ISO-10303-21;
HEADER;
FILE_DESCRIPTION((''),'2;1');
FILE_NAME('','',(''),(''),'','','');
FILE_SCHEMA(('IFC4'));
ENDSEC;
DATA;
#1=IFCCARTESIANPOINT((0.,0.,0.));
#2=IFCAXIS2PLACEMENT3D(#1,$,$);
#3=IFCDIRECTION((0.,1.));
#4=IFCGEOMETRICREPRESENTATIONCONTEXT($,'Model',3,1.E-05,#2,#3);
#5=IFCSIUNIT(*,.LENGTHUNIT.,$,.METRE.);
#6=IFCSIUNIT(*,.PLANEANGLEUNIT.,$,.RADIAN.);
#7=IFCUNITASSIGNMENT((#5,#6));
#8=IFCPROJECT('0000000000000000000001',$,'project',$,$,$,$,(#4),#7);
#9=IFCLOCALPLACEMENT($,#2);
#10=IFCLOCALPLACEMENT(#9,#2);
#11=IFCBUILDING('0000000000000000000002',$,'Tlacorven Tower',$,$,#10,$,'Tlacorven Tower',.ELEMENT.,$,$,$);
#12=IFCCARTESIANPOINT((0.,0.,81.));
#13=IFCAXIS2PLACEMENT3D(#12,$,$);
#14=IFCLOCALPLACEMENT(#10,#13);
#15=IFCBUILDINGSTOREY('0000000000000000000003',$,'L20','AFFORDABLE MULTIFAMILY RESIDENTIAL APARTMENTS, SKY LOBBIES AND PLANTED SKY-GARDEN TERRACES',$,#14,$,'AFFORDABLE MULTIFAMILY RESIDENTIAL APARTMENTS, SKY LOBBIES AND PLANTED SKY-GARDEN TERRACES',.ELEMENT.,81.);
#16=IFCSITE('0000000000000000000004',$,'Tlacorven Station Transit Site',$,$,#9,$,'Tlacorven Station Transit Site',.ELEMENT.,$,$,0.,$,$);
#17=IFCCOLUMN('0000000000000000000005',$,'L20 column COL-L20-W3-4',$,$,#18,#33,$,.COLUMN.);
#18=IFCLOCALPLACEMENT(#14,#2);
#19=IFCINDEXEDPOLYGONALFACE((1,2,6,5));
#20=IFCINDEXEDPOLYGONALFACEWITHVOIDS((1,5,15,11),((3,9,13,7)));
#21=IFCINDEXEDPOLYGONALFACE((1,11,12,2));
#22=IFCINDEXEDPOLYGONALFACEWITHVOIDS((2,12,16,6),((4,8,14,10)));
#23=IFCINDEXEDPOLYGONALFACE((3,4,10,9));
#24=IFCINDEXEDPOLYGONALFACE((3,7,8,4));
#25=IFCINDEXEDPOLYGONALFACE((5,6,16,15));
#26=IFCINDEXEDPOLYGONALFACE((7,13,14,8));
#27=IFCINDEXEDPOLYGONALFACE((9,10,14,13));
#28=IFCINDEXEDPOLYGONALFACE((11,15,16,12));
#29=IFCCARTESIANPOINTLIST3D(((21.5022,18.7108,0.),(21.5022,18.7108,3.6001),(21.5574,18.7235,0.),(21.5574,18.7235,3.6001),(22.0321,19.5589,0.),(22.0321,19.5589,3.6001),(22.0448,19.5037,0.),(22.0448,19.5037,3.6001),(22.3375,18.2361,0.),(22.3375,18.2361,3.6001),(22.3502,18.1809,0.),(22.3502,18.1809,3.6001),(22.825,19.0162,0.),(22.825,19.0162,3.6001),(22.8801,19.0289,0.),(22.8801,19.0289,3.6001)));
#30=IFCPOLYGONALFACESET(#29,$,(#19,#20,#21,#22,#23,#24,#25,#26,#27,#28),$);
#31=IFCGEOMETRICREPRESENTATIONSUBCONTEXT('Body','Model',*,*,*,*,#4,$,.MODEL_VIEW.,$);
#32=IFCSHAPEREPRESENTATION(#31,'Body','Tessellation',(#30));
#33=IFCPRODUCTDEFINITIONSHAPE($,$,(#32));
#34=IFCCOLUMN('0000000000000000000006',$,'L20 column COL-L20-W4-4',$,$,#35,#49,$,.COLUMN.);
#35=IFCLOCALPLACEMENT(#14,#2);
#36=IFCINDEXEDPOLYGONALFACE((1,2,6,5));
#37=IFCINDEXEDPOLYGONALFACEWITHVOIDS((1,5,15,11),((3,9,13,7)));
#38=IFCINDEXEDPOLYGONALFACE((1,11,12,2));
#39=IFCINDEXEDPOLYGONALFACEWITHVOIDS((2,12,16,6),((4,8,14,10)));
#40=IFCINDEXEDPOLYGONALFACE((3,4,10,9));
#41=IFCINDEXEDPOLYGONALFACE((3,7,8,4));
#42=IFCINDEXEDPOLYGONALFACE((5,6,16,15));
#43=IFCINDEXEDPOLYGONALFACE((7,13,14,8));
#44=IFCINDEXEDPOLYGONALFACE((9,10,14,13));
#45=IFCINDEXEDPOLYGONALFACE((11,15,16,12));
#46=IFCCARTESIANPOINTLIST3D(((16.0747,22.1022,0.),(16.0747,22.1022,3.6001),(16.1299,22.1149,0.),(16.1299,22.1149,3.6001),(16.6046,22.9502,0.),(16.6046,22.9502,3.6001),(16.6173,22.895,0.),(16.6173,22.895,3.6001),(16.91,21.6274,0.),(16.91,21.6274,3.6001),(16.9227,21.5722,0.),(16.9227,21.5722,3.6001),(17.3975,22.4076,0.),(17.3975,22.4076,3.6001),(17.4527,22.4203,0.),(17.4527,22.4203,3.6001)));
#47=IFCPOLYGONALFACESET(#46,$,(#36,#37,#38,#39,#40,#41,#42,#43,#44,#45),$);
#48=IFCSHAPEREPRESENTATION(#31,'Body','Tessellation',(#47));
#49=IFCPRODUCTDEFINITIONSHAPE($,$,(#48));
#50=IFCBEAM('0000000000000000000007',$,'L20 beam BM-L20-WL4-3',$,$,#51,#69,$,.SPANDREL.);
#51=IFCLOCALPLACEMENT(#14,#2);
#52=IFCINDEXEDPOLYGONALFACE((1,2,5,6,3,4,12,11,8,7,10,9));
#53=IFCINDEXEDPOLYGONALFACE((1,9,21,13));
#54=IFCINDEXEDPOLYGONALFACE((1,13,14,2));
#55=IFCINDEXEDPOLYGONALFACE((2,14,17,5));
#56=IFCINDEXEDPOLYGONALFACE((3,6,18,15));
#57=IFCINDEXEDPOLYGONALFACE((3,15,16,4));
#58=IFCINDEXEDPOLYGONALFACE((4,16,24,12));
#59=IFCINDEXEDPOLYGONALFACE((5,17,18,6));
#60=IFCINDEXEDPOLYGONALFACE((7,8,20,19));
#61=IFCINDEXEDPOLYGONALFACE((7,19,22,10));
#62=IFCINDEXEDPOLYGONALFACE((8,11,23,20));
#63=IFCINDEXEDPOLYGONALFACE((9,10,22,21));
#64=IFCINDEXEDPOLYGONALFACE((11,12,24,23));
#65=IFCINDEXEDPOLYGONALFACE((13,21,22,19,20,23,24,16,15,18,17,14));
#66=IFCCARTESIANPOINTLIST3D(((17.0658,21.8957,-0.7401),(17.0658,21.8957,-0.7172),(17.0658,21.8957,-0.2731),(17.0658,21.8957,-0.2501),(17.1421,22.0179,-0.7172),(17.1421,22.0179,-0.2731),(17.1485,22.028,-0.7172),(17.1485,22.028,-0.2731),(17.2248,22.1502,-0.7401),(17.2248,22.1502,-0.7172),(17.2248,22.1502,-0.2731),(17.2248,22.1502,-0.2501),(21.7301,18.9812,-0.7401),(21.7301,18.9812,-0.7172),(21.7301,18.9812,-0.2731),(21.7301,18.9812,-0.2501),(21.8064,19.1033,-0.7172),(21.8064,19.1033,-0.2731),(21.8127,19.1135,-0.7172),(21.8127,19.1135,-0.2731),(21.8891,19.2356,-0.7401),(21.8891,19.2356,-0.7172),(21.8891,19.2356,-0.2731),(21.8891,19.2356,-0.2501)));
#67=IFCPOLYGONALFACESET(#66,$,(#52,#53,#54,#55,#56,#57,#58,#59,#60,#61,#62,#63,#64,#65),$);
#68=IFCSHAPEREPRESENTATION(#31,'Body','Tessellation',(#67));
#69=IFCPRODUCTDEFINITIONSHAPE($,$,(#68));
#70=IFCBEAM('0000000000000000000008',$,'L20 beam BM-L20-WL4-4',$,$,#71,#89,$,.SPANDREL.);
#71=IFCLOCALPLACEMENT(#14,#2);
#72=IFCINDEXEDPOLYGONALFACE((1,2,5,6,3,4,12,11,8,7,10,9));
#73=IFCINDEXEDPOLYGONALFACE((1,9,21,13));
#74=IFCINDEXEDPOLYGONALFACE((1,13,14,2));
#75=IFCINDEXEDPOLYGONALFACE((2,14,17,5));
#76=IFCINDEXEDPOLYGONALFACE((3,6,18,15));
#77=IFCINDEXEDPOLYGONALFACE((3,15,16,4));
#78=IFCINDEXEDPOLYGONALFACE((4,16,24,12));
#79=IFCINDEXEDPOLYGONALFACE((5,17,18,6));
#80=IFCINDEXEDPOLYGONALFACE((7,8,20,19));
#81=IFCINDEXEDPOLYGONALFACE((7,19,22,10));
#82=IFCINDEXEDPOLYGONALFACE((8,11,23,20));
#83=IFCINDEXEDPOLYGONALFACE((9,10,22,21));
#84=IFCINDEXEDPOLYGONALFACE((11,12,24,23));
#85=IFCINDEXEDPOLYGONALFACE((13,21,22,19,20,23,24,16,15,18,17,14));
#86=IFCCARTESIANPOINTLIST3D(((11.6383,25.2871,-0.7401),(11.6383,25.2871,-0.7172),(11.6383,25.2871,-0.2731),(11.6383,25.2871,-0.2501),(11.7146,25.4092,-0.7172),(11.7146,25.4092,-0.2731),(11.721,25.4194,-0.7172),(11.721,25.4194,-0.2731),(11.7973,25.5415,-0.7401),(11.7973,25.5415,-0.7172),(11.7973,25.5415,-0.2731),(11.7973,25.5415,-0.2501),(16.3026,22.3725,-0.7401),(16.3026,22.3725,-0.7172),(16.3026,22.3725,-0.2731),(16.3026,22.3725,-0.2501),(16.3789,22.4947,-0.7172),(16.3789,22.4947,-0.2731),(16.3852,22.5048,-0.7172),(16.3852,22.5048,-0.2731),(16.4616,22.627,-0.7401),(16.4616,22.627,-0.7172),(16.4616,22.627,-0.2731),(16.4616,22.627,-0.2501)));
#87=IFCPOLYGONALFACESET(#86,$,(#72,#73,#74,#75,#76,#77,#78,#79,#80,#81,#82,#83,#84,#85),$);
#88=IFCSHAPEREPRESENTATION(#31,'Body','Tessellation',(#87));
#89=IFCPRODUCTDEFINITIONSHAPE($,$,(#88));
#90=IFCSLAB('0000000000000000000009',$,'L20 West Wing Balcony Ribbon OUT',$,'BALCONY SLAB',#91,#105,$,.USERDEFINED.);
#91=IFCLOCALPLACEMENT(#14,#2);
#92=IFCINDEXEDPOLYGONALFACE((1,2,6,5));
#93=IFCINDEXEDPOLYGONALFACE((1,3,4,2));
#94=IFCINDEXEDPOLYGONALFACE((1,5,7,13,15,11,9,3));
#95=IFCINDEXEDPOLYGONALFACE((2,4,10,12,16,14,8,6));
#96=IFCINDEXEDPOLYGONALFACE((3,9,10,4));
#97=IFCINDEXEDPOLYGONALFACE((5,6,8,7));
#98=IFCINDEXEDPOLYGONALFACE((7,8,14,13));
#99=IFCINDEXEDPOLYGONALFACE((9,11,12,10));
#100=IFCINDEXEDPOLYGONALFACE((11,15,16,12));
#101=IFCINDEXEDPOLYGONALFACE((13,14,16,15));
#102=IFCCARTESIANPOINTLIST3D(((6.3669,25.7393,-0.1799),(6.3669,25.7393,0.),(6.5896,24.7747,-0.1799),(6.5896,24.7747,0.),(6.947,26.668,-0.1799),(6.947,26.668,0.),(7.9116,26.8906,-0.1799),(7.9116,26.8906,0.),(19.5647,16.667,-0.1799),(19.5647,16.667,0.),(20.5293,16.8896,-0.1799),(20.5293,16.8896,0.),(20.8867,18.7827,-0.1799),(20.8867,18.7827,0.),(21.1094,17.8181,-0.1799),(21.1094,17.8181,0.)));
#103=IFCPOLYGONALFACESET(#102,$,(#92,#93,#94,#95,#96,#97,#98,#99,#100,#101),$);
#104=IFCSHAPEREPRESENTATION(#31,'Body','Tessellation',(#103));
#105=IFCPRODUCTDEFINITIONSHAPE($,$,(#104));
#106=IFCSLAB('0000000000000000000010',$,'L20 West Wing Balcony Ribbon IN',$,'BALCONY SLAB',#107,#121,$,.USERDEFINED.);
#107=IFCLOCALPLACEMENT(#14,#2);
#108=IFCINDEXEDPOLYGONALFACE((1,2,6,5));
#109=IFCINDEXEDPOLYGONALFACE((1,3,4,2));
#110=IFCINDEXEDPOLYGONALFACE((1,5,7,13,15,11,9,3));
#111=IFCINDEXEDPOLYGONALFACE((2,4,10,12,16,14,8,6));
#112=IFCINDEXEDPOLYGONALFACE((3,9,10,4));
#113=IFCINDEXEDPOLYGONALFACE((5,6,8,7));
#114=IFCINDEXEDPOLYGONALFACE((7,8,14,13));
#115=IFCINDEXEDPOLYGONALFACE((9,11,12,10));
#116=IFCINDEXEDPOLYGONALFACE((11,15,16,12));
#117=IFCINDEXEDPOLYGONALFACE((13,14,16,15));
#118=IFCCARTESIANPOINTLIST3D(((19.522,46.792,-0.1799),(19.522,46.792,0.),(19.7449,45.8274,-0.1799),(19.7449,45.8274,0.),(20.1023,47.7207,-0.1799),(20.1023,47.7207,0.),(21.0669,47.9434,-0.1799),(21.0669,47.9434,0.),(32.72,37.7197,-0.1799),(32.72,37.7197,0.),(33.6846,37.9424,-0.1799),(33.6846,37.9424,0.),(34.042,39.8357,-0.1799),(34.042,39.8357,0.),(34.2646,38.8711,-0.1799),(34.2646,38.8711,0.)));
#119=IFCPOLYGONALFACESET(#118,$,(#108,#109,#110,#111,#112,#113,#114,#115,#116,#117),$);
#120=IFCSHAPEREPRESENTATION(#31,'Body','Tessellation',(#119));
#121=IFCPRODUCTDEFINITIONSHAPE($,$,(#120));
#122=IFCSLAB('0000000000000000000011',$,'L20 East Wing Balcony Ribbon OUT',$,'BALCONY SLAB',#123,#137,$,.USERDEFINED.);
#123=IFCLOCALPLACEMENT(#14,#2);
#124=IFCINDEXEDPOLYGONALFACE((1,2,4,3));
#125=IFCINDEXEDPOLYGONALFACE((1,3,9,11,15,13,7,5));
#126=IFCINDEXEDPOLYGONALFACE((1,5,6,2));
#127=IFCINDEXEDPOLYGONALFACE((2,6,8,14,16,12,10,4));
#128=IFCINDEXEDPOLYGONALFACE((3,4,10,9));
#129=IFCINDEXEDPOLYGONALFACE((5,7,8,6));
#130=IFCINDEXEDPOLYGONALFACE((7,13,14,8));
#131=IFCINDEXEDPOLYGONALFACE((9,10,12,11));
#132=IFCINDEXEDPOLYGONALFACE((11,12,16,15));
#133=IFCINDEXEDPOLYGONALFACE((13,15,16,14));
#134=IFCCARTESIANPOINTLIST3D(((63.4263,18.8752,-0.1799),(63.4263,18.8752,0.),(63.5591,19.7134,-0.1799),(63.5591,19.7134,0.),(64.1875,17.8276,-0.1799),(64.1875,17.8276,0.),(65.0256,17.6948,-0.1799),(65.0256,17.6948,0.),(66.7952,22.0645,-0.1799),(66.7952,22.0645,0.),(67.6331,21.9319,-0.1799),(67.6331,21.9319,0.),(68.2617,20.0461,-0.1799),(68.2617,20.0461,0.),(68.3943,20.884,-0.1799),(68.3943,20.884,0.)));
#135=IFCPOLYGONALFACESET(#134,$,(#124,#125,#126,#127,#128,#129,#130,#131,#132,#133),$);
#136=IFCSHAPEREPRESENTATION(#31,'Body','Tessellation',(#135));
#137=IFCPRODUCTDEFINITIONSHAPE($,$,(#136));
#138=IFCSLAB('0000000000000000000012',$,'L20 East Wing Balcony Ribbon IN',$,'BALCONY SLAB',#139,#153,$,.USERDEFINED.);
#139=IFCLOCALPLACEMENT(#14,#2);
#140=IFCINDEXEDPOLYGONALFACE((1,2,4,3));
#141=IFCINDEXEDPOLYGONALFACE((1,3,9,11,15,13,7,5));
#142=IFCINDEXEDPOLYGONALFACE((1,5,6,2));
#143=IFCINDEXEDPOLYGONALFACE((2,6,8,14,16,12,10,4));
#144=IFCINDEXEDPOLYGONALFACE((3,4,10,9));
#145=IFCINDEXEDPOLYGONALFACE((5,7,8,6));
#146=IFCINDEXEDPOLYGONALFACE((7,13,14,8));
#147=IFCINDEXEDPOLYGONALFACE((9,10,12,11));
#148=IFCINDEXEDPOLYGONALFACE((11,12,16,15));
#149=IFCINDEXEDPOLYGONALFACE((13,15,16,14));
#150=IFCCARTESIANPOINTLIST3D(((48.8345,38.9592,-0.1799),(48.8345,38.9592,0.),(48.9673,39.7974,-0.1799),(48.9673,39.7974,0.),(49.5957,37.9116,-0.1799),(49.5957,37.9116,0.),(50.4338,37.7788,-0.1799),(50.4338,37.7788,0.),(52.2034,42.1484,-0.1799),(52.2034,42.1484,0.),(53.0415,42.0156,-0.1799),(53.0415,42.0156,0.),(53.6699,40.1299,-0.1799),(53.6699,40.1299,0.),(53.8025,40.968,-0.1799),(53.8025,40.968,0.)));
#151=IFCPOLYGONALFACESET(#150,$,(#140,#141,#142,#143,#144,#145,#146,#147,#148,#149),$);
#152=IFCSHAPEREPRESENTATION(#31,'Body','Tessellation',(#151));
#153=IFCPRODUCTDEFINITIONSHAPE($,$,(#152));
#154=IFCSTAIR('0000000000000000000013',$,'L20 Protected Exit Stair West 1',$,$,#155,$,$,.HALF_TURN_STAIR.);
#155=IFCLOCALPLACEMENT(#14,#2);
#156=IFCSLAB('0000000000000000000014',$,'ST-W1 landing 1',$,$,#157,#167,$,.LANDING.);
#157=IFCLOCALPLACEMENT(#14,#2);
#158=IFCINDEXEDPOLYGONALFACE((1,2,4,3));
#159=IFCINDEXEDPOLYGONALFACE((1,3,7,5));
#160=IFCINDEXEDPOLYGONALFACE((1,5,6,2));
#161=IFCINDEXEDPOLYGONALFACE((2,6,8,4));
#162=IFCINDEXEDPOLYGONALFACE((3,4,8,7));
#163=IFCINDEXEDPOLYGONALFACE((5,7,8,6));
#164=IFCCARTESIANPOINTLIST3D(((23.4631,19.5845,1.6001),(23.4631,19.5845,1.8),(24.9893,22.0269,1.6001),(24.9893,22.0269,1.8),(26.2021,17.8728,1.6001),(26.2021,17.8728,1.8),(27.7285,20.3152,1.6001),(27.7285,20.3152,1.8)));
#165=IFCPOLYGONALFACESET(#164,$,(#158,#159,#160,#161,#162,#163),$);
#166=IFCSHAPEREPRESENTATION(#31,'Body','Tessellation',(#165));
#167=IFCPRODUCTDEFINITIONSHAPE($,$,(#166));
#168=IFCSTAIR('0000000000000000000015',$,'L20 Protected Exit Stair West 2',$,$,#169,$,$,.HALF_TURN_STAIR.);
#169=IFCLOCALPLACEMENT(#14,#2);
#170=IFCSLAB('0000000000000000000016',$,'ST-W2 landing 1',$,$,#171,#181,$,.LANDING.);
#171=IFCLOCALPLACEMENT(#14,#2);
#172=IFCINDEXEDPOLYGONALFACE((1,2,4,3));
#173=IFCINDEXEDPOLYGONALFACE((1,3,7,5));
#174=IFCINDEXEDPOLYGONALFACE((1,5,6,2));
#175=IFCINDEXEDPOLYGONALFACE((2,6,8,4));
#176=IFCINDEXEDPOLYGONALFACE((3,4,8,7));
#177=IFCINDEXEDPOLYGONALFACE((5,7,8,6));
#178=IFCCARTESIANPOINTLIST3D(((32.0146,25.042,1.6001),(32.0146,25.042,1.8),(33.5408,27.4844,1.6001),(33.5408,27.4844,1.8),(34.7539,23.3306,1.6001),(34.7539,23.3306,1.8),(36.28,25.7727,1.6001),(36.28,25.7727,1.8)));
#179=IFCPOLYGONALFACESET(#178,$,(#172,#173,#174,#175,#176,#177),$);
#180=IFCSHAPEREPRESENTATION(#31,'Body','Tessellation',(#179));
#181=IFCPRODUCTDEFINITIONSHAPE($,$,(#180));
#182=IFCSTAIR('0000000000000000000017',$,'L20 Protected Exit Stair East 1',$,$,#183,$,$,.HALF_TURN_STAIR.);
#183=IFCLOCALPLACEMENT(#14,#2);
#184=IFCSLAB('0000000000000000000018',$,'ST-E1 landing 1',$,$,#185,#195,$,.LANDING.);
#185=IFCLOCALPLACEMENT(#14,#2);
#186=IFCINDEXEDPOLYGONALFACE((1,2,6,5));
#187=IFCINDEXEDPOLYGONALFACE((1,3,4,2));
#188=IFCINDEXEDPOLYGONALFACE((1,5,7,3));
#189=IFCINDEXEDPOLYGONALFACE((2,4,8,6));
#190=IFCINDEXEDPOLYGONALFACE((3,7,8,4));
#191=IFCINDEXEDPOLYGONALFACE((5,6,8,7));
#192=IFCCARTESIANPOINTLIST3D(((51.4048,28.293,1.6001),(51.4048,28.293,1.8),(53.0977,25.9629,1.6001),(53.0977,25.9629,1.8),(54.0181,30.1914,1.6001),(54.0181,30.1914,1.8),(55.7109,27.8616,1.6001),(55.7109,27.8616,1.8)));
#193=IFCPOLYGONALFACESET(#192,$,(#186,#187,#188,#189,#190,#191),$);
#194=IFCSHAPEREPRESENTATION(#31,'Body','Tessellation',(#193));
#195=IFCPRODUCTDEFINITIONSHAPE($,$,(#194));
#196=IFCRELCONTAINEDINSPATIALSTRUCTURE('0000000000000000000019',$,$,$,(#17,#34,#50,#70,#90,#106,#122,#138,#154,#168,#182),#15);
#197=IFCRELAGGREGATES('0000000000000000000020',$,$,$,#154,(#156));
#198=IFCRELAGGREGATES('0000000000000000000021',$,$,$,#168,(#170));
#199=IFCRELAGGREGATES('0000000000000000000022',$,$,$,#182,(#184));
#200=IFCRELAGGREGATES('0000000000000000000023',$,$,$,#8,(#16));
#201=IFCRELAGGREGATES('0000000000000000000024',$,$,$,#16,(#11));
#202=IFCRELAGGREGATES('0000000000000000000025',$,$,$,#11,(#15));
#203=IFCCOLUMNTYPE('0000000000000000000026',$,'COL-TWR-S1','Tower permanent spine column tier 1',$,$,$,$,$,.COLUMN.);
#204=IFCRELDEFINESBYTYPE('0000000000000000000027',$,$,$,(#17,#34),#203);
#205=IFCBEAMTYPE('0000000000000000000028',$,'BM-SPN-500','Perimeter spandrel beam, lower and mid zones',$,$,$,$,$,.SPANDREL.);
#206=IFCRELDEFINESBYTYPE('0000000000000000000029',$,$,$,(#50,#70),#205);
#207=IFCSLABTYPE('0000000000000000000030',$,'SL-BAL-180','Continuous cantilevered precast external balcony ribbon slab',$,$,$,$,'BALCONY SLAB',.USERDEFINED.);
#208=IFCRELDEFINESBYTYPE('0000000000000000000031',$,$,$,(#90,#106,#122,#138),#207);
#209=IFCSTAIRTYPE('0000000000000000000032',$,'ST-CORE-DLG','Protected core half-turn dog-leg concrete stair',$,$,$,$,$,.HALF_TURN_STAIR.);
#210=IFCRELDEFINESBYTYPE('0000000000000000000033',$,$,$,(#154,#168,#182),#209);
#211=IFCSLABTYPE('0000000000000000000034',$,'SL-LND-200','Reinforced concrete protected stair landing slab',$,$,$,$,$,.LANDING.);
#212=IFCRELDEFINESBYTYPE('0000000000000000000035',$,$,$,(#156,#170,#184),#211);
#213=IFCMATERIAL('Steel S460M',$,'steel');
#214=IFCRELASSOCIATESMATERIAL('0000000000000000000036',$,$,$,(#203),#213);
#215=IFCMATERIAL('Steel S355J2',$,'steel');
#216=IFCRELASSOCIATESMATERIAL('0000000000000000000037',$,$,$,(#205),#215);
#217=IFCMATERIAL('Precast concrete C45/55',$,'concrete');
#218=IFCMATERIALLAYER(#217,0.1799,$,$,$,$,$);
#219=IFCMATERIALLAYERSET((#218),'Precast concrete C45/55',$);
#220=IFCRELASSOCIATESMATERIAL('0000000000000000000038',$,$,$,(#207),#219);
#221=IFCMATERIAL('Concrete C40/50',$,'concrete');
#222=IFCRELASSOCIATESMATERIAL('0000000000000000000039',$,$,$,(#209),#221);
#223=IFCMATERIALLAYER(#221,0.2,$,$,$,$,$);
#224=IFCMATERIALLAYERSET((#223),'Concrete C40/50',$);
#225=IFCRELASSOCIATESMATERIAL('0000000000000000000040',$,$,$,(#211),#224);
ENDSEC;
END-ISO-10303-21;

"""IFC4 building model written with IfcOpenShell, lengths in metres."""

from ifc_helpers import new_model, si_unit, direction, frame, origin, origin_2d, place, context, subcontext, project, spatial, polyline, hollow_rectangle, i_section, outline, extrude, source, transform, mapped, material, layer, layer_set, material_profile, profile_set, type_object, element, aggregate, save


model = new_model("IFC4")

# Units and contexts
model_context = context("Model", 3, precision=1e-05, world=origin(), true_north=direction((0.0, 1.0)))
body_context = subcontext(model_context, "Body", "Model", "MODEL_VIEW")
ifc_project = project(units=[si_unit("LENGTHUNIT", "METRE"), si_unit("PLANEANGLEUNIT", "RADIAN")], contexts=[model_context])

# Site, building, storey
site_placement = place(None, origin())
site = spatial("IfcSite", under=ifc_project, at=site_placement, Name="Tlacorven Station Transit Site", LongName="Tlacorven Station Transit Site", CompositionType="ELEMENT", RefElevation=0.0)
building_placement = place(site_placement, origin())
building = spatial("IfcBuilding", under=site, at=building_placement, Name="Tlacorven Tower", LongName="Tlacorven Tower", CompositionType="ELEMENT")
storey_placement = place(building_placement, frame((0.0, 0.0, 81.0)))
storey = spatial("IfcBuildingStorey", under=building, at=storey_placement, Name="L20", Description="AFFORDABLE MULTIFAMILY RESIDENTIAL APARTMENTS, SKY LOBBIES AND PLANTED SKY-GARDEN TERRACES", LongName="AFFORDABLE MULTIFAMILY RESIDENTIAL APARTMENTS, SKY LOBBIES AND PLANTED SKY-GARDEN TERRACES", CompositionType="ELEMENT", Elevation=81.0)

# Columns
ifc_material_1 = material(Name="Steel S460M", Category="steel")
ifc_material_profile_1 = material_profile(ifc_material_1, hollow_rectangle(XDim=1.0, YDim=1.0, WallThickness=0.04, at=origin_2d()), Name="BOX 1000X1000X40")
ifc_profile_set_1 = profile_set([ifc_material_profile_1], Name="Steel S460M")
column_type = type_object("IfcColumnType", Name="COL-TWR-S1", Description="Tower permanent spine column tier 1", PredefinedType="COLUMN", material=ifc_profile_set_1)
shared_shape_1 = source(origin(), body_context, "Body", "SweptSolid", [
    extrude(hollow_rectangle(XDim=1.0, YDim=1.0, WallThickness=0.04, at=origin_2d()), origin(), (0.0, 0.0, 1.0), 3.6001),
])
for number, where, z_axis, x_axis, name in (
    (1, (22.1912, 18.8699, 0.0), (0.0, 0.0, 1.0), (-0.848048, 0.529919, 0.0), "L20 column COL-L20-W3-4"),
    (2, (16.7637, 22.2612, 0.0), (0.0, 0.0, 1.0), (-0.848048, 0.529919, 0.0), "L20 column COL-L20-W4-4"),
):
    element("IfcColumn", number, at=place(storey_placement, frame(where, z_axis=z_axis, x_axis=x_axis)), inside=storey, type_object=column_type, Name=name, PredefinedType="COLUMN", context=body_context, shape_type="MappedRepresentation", body=[
        mapped(shared_shape_1, transform((0.0, 0.0, 0.0), scale=1.0)),
    ])

# Beams
ifc_material_2 = material(Name="Steel S355J2", Category="steel")
ifc_material_profile_2 = material_profile(ifc_material_2, i_section(OverallWidth=0.3, OverallDepth=0.49, WebThickness=0.012, FlangeThickness=0.0229, at=origin_2d()), Name="HEA 500")
ifc_profile_set_2 = profile_set([ifc_material_profile_2], Name="Steel S355J2")
beam_type = type_object("IfcBeamType", Name="BM-SPN-500", Description="Perimeter spandrel beam, lower and mid zones", PredefinedType="SPANDREL", material=ifc_profile_set_2)
shared_shape_2 = source(origin(), body_context, "Body", "SweptSolid", [
    extrude(i_section(OverallWidth=0.3, OverallDepth=0.49, WebThickness=0.012, FlangeThickness=0.0229, at=origin_2d()), origin(), (0.0, 0.0, 1.0), 5.5),
])
for number, where, z_axis, x_axis, name in (
    (3, (21.8096, 19.1084, -0.4951), (-0.848051, 0.529915, 0.0), (-0.529915, -0.848051, 0.0), "L20 beam BM-L20-WL4-3"),
    (4, (16.3821, 22.4998, -0.4951), (-0.848051, 0.529915, 0.0), (-0.529915, -0.848051, 0.0), "L20 beam BM-L20-WL4-4"),
):
    element("IfcBeam", number, at=place(storey_placement, frame(where, z_axis=z_axis, x_axis=x_axis)), inside=storey, type_object=beam_type, Name=name, PredefinedType="SPANDREL", context=body_context, shape_type="MappedRepresentation", body=[
        mapped(shared_shape_2, transform((0.0, 0.0, 0.0), scale=1.0)),
    ])

# Slabs
ifc_material_3 = material(Name="Precast concrete C45/55", Category="concrete")
ifc_layer_1 = layer(ifc_material_3, 0.1799)
ifc_layer_set_1 = layer_set([ifc_layer_1], Name="Precast concrete C45/55")
slab_type_1 = type_object("IfcSlabType", Name="SL-BAL-180", Description="Continuous cantilevered precast external balcony ribbon slab", ElementType="BALCONY SLAB", PredefinedType="USERDEFINED", material=ifc_layer_set_1)
slab_1_placement = place(storey_placement, frame((0.0, 0.0, -0.1799)))
element("IfcSlab", 5, at=slab_1_placement, inside=storey, type_object=slab_type_1, Name="L20 West Wing Balcony Ribbon OUT", ObjectType="BALCONY SLAB", PredefinedType="USERDEFINED", context=body_context, shape_type="SweptSolid", body=[
    extrude(outline(polyline([(20.8867, 18.7827), (7.9116, 26.8906), (6.947, 26.668), (6.3669, 25.7393), (6.5896, 24.7747), (19.5647, 16.667), (20.5293, 16.8896), (21.1094, 17.8181), (20.8867, 18.7827)])), origin(), (0.0, 0.0, 1.0), 0.1799),
])
slab_2_placement = place(storey_placement, frame((0.0, 0.0, -0.1799)))
element("IfcSlab", 6, at=slab_2_placement, inside=storey, type_object=slab_type_1, Name="L20 West Wing Balcony Ribbon IN", ObjectType="BALCONY SLAB", PredefinedType="USERDEFINED", context=body_context, shape_type="SweptSolid", body=[
    extrude(outline(polyline([(34.042, 39.8357), (21.0669, 47.9434), (20.1023, 47.7207), (19.522, 46.792), (19.7449, 45.8274), (32.72, 37.7197), (33.6846, 37.9424), (34.2646, 38.8711), (34.042, 39.8357)])), origin(), (0.0, 0.0, 1.0), 0.1799),
])
slab_3_placement = place(storey_placement, frame((0.0, 0.0, -0.1799)))
element("IfcSlab", 7, at=slab_3_placement, inside=storey, type_object=slab_type_1, Name="L20 East Wing Balcony Ribbon OUT", ObjectType="BALCONY SLAB", PredefinedType="USERDEFINED", context=body_context, shape_type="SweptSolid", body=[
    extrude(outline(polyline([(65.0256, 17.6948), (68.2617, 20.0461), (68.3943, 20.884), (67.6331, 21.9319), (66.7952, 22.0645), (63.5591, 19.7134), (63.4263, 18.8752), (64.1875, 17.8276), (65.0256, 17.6948)])), origin(), (0.0, 0.0, 1.0), 0.1799),
])
slab_4_placement = place(storey_placement, frame((0.0, 0.0, -0.1799)))
element("IfcSlab", 8, at=slab_4_placement, inside=storey, type_object=slab_type_1, Name="L20 East Wing Balcony Ribbon IN", ObjectType="BALCONY SLAB", PredefinedType="USERDEFINED", context=body_context, shape_type="SweptSolid", body=[
    extrude(outline(polyline([(50.4338, 37.7788), (53.6699, 40.1299), (53.8025, 40.968), (53.0415, 42.0156), (52.2034, 42.1484), (48.9673, 39.7974), (48.8345, 38.9592), (49.5957, 37.9116), (50.4338, 37.7788)])), origin(), (0.0, 0.0, 1.0), 0.1799),
])

# Stairs, slabs
ifc_material_4 = material(Name="Concrete C40/50", Category="concrete")
stair_type = type_object("IfcStairType", Name="ST-CORE-DLG", Description="Protected core half-turn dog-leg concrete stair", PredefinedType="HALF_TURN_STAIR", material=ifc_material_4)
stair_1_placement = place(storey_placement, origin())
stair_1 = element("IfcStair", 9, at=stair_1_placement, inside=storey, type_object=stair_type, Name="L20 Protected Exit Stair West 1", PredefinedType="HALF_TURN_STAIR")
ifc_layer_2 = layer(ifc_material_4, 0.2)
ifc_layer_set_2 = layer_set([ifc_layer_2], Name="Concrete C40/50")
slab_type_2 = type_object("IfcSlabType", Name="SL-LND-200", Description="Reinforced concrete protected stair landing slab", PredefinedType="LANDING", material=ifc_layer_set_2)
slab_5_placement = place(storey_placement, frame((0.0, 0.0, 1.6001)))
slab_5 = element("IfcSlab", 10, at=slab_5_placement, type_object=slab_type_2, Name="ST-W1 landing 1", PredefinedType="LANDING", context=body_context, shape_type="SweptSolid", body=[
    extrude(outline(polyline([(27.7285, 20.3152), (24.9893, 22.0269), (23.4631, 19.5845), (26.2021, 17.8728), (27.7285, 20.3152)])), origin(), (0.0, 0.0, 1.0), 0.2),
])
aggregate(stair_1, [slab_5])
stair_2_placement = place(storey_placement, origin())
stair_2 = element("IfcStair", 11, at=stair_2_placement, inside=storey, type_object=stair_type, Name="L20 Protected Exit Stair West 2", PredefinedType="HALF_TURN_STAIR")
slab_6_placement = place(storey_placement, frame((0.0, 0.0, 1.6001)))
slab_6 = element("IfcSlab", 12, at=slab_6_placement, type_object=slab_type_2, Name="ST-W2 landing 1", PredefinedType="LANDING", context=body_context, shape_type="SweptSolid", body=[
    extrude(outline(polyline([(36.28, 25.7727), (33.5408, 27.4844), (32.0146, 25.042), (34.7539, 23.3306), (36.28, 25.7727)])), origin(), (0.0, 0.0, 1.0), 0.2),
])
aggregate(stair_2, [slab_6])
stair_3_placement = place(storey_placement, origin())
stair_3 = element("IfcStair", 13, at=stair_3_placement, inside=storey, type_object=stair_type, Name="L20 Protected Exit Stair East 1", PredefinedType="HALF_TURN_STAIR")
slab_7_placement = place(storey_placement, frame((0.0, 0.0, 1.6001)))
slab_7 = element("IfcSlab", 14, at=slab_7_placement, type_object=slab_type_2, Name="ST-E1 landing 1", PredefinedType="LANDING", context=body_context, shape_type="SweptSolid", body=[
    extrude(outline(polyline([(53.0977, 25.9629), (55.7109, 27.8616), (54.0181, 30.1914), (51.4048, 28.293), (53.0977, 25.9629)])), origin(), (0.0, 0.0, 1.0), 0.2),
])
aggregate(stair_3, [slab_7])

save(model, "model.ifc")
